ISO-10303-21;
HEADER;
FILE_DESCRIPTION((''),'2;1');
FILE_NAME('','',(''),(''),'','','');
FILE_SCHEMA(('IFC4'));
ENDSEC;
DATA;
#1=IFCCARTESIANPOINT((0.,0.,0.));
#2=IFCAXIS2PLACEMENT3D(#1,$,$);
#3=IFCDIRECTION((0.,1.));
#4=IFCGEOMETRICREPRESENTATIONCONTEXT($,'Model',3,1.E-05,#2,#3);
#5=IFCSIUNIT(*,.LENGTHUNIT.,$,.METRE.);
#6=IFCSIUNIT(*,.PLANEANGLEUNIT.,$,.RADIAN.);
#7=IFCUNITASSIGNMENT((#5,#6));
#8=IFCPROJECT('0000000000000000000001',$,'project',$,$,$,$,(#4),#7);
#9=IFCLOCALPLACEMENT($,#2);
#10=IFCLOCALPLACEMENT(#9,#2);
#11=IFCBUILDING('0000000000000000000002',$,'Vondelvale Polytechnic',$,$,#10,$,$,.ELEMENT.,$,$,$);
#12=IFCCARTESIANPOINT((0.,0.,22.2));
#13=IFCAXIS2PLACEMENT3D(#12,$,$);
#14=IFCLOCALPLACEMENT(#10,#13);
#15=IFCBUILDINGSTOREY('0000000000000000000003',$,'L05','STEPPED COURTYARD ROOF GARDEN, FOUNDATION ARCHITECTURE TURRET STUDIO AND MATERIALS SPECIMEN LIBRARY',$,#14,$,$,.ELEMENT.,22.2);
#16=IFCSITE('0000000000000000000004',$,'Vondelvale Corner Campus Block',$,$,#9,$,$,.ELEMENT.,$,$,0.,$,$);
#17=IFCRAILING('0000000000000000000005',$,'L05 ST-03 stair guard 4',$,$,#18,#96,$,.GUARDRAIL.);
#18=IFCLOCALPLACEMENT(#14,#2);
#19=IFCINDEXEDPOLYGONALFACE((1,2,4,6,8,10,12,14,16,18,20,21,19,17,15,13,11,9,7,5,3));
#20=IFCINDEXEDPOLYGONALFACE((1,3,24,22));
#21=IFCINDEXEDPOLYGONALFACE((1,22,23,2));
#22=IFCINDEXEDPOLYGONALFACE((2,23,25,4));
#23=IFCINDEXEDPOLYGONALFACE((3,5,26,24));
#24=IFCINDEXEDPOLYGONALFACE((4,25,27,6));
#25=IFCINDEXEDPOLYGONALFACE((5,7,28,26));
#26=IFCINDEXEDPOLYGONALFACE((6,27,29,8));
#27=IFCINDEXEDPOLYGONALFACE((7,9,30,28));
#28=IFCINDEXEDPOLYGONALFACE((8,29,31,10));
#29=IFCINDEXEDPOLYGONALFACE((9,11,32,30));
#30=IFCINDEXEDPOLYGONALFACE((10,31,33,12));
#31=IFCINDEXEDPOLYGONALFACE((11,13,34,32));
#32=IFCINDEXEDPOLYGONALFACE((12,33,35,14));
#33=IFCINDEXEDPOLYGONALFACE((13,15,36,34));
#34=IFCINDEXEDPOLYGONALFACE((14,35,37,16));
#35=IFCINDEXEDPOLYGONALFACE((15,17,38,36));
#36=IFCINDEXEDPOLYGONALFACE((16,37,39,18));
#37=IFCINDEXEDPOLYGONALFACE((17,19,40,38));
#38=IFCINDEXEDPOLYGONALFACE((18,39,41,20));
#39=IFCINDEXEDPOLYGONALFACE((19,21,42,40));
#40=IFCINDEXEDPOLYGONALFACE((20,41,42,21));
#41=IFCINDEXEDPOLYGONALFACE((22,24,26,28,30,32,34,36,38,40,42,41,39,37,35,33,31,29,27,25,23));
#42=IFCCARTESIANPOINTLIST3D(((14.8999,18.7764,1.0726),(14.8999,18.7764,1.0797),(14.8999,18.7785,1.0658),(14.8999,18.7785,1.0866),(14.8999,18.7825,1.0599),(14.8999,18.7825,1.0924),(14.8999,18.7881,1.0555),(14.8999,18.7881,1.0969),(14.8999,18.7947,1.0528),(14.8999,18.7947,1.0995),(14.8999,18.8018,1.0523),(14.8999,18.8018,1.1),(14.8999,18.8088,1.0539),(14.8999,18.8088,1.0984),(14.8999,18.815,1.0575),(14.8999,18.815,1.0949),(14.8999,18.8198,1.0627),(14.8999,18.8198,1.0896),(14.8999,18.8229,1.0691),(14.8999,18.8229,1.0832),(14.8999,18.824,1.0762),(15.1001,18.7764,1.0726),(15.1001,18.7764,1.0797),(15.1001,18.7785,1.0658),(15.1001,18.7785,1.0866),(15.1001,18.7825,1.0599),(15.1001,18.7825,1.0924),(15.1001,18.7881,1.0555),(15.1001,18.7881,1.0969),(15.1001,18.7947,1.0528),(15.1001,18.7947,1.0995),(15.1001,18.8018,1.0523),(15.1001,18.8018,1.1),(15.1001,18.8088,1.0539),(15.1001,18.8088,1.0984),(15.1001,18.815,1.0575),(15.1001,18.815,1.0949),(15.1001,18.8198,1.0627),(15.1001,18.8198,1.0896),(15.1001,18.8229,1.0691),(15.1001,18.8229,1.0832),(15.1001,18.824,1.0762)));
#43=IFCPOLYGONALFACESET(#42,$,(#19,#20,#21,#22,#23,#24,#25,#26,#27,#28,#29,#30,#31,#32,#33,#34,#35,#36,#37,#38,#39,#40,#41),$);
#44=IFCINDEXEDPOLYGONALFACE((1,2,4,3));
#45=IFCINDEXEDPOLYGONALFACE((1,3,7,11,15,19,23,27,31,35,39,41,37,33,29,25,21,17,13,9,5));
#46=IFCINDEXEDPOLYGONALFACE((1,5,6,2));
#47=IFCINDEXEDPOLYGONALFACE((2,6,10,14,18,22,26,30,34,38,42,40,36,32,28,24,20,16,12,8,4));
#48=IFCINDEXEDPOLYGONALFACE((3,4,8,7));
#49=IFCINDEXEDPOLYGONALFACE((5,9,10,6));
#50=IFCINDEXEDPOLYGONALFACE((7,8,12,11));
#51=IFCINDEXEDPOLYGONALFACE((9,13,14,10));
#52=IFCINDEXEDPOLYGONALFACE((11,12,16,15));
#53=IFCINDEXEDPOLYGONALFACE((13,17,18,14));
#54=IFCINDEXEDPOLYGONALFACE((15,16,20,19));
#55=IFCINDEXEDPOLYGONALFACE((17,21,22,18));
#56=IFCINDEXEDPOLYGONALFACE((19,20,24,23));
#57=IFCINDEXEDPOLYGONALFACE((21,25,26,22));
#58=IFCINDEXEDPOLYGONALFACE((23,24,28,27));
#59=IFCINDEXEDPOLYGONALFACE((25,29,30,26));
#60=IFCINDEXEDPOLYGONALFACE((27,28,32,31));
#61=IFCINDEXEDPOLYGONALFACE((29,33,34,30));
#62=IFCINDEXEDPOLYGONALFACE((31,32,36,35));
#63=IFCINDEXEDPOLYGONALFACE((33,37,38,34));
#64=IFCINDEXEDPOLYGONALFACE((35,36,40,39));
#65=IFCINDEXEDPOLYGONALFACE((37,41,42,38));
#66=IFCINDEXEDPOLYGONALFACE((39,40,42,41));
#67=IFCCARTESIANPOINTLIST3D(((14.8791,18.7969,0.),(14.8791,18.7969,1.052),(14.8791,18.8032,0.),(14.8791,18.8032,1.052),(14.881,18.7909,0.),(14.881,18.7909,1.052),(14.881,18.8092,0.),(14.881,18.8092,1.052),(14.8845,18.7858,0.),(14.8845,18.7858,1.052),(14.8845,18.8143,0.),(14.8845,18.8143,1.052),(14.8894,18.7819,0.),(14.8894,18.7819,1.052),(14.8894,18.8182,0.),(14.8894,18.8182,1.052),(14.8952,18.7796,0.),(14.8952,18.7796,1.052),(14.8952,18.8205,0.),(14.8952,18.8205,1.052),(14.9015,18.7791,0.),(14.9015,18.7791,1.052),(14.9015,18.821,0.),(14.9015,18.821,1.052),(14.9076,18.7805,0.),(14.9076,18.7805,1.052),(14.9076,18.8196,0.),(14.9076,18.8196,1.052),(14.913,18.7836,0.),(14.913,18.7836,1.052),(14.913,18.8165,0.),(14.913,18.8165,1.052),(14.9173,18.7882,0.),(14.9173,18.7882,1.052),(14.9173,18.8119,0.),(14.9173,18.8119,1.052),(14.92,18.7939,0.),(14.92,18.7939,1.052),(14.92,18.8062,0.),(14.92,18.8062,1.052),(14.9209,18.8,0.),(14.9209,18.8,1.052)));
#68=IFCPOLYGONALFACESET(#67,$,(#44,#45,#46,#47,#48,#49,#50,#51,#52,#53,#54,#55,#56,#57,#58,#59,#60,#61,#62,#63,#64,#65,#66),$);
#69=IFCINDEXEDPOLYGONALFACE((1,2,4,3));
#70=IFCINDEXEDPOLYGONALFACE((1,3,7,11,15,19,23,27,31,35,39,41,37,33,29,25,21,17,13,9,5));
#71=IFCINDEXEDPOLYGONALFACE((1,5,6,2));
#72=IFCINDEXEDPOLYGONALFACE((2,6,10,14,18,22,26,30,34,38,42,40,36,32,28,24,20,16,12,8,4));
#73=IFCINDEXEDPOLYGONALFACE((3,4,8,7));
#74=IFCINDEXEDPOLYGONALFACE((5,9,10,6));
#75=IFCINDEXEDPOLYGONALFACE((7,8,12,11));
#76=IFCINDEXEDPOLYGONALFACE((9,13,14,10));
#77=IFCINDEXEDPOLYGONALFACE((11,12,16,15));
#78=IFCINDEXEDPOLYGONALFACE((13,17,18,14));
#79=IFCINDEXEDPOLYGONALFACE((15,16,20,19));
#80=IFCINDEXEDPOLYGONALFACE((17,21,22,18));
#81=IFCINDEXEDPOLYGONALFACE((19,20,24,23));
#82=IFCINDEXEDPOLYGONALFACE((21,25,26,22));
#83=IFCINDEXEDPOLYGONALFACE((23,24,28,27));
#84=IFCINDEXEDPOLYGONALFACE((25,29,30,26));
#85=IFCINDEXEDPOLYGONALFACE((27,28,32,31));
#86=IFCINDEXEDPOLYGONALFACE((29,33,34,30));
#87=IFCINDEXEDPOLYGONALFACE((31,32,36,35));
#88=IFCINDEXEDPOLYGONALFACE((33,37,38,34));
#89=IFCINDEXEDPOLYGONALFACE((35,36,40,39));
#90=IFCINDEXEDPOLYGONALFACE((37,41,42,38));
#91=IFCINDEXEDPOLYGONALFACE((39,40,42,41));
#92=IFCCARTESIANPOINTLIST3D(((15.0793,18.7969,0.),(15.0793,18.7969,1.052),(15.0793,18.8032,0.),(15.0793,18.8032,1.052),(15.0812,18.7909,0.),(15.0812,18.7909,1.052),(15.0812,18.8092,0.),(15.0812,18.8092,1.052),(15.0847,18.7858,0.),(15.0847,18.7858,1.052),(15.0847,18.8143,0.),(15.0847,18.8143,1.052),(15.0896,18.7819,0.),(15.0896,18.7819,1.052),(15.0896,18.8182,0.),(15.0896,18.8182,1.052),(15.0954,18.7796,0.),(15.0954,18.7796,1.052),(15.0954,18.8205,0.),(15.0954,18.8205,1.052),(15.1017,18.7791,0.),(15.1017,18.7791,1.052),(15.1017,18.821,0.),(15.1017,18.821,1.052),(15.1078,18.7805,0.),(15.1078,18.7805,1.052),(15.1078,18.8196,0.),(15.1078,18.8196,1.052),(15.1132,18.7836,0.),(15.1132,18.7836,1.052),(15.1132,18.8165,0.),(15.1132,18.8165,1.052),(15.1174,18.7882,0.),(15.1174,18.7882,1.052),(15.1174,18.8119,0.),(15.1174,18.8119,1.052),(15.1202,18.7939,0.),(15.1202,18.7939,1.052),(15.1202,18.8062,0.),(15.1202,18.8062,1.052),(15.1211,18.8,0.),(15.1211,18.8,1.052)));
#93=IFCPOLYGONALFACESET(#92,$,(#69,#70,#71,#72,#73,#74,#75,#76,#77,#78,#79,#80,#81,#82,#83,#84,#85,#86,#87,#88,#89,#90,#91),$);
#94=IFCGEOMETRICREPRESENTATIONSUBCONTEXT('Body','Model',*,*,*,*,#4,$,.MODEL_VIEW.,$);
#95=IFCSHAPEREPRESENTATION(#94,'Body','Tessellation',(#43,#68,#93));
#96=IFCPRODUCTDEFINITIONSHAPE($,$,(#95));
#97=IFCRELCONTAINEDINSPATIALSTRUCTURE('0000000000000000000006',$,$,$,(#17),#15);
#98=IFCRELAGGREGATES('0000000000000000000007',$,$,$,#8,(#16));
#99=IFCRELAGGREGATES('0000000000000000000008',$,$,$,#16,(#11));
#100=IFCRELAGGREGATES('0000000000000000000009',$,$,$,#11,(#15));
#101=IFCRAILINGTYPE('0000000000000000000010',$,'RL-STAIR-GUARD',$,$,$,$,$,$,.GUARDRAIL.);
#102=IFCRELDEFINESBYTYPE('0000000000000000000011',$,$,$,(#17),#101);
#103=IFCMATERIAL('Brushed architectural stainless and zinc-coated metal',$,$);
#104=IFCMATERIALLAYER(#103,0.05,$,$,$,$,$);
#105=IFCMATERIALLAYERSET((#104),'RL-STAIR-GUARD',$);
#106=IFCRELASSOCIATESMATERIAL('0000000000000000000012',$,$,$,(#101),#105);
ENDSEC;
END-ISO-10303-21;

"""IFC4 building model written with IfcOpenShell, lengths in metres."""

from ifc_helpers import new_model, si_unit, direction, frame, origin, origin_2d, place, context, subcontext, project, spatial, circle, extrude, material, layer, layer_set, type_object, element, save


model = new_model("IFC4")

# Units and contexts
model_context = context("Model", 3, precision=1e-05, world=origin(), true_north=direction((0.0, 1.0)))
body_context = subcontext(model_context, "Body", "Model", "MODEL_VIEW")
ifc_project = project(units=[si_unit("LENGTHUNIT", "METRE"), si_unit("PLANEANGLEUNIT", "RADIAN")], contexts=[model_context])

# Site, building, storey
site_placement = place(None, origin())
site = spatial("IfcSite", under=ifc_project, at=site_placement, Name="Vondelvale Corner Campus Block", CompositionType="ELEMENT", RefElevation=0.0)
building_placement = place(site_placement, origin())
building = spatial("IfcBuilding", under=site, at=building_placement, Name="Vondelvale Polytechnic", CompositionType="ELEMENT")
storey_placement = place(building_placement, frame((0.0, 0.0, 22.2)))
storey = spatial("IfcBuildingStorey", under=building, at=storey_placement, Name="L05", Description="STEPPED COURTYARD ROOF GARDEN, FOUNDATION ARCHITECTURE TURRET STUDIO AND MATERIALS SPECIMEN LIBRARY", CompositionType="ELEMENT", Elevation=22.2)

# Shared definitions
ifc_material_1 = material(Name="Brushed architectural stainless and zinc-coated metal")

# Railing
ifc_layer_1 = layer(ifc_material_1, 0.05)
ifc_layer_set_1 = layer_set([ifc_layer_1], Name="RL-STAIR-GUARD")
railing_type_1 = type_object("IfcRailingType", Name="RL-STAIR-GUARD", PredefinedType="GUARDRAIL", material=ifc_layer_set_1)
railing_1_placement = place(storey_placement, frame((14.8999, 18.8, 0.0)))
element("IfcRailing", 1, at=railing_1_placement, inside=storey, type_object=railing_type_1, Name="L05 ST-03 stair guard 4", PredefinedType="GUARDRAIL", context=body_context, shape_type="SweptSolid", body=[
    extrude(circle(Radius=0.0239, at=origin_2d()), frame((0.0, 0.0, 1.0762), z_axis=(1.0, 0.0, 0.0), x_axis=(0.0, 1.0, 0.0)), (0.0, 0.0, 1.0), 0.2002),
    extrude(circle(Radius=0.021, at=origin_2d()), origin(), (0.0, 0.0, 1.0), 1.052),
    extrude(circle(Radius=0.021, at=origin_2d()), frame((0.2002, 0.0, 0.0)), (0.0, 0.0, 1.0), 1.052),
])

save(model, "model.ifc")
